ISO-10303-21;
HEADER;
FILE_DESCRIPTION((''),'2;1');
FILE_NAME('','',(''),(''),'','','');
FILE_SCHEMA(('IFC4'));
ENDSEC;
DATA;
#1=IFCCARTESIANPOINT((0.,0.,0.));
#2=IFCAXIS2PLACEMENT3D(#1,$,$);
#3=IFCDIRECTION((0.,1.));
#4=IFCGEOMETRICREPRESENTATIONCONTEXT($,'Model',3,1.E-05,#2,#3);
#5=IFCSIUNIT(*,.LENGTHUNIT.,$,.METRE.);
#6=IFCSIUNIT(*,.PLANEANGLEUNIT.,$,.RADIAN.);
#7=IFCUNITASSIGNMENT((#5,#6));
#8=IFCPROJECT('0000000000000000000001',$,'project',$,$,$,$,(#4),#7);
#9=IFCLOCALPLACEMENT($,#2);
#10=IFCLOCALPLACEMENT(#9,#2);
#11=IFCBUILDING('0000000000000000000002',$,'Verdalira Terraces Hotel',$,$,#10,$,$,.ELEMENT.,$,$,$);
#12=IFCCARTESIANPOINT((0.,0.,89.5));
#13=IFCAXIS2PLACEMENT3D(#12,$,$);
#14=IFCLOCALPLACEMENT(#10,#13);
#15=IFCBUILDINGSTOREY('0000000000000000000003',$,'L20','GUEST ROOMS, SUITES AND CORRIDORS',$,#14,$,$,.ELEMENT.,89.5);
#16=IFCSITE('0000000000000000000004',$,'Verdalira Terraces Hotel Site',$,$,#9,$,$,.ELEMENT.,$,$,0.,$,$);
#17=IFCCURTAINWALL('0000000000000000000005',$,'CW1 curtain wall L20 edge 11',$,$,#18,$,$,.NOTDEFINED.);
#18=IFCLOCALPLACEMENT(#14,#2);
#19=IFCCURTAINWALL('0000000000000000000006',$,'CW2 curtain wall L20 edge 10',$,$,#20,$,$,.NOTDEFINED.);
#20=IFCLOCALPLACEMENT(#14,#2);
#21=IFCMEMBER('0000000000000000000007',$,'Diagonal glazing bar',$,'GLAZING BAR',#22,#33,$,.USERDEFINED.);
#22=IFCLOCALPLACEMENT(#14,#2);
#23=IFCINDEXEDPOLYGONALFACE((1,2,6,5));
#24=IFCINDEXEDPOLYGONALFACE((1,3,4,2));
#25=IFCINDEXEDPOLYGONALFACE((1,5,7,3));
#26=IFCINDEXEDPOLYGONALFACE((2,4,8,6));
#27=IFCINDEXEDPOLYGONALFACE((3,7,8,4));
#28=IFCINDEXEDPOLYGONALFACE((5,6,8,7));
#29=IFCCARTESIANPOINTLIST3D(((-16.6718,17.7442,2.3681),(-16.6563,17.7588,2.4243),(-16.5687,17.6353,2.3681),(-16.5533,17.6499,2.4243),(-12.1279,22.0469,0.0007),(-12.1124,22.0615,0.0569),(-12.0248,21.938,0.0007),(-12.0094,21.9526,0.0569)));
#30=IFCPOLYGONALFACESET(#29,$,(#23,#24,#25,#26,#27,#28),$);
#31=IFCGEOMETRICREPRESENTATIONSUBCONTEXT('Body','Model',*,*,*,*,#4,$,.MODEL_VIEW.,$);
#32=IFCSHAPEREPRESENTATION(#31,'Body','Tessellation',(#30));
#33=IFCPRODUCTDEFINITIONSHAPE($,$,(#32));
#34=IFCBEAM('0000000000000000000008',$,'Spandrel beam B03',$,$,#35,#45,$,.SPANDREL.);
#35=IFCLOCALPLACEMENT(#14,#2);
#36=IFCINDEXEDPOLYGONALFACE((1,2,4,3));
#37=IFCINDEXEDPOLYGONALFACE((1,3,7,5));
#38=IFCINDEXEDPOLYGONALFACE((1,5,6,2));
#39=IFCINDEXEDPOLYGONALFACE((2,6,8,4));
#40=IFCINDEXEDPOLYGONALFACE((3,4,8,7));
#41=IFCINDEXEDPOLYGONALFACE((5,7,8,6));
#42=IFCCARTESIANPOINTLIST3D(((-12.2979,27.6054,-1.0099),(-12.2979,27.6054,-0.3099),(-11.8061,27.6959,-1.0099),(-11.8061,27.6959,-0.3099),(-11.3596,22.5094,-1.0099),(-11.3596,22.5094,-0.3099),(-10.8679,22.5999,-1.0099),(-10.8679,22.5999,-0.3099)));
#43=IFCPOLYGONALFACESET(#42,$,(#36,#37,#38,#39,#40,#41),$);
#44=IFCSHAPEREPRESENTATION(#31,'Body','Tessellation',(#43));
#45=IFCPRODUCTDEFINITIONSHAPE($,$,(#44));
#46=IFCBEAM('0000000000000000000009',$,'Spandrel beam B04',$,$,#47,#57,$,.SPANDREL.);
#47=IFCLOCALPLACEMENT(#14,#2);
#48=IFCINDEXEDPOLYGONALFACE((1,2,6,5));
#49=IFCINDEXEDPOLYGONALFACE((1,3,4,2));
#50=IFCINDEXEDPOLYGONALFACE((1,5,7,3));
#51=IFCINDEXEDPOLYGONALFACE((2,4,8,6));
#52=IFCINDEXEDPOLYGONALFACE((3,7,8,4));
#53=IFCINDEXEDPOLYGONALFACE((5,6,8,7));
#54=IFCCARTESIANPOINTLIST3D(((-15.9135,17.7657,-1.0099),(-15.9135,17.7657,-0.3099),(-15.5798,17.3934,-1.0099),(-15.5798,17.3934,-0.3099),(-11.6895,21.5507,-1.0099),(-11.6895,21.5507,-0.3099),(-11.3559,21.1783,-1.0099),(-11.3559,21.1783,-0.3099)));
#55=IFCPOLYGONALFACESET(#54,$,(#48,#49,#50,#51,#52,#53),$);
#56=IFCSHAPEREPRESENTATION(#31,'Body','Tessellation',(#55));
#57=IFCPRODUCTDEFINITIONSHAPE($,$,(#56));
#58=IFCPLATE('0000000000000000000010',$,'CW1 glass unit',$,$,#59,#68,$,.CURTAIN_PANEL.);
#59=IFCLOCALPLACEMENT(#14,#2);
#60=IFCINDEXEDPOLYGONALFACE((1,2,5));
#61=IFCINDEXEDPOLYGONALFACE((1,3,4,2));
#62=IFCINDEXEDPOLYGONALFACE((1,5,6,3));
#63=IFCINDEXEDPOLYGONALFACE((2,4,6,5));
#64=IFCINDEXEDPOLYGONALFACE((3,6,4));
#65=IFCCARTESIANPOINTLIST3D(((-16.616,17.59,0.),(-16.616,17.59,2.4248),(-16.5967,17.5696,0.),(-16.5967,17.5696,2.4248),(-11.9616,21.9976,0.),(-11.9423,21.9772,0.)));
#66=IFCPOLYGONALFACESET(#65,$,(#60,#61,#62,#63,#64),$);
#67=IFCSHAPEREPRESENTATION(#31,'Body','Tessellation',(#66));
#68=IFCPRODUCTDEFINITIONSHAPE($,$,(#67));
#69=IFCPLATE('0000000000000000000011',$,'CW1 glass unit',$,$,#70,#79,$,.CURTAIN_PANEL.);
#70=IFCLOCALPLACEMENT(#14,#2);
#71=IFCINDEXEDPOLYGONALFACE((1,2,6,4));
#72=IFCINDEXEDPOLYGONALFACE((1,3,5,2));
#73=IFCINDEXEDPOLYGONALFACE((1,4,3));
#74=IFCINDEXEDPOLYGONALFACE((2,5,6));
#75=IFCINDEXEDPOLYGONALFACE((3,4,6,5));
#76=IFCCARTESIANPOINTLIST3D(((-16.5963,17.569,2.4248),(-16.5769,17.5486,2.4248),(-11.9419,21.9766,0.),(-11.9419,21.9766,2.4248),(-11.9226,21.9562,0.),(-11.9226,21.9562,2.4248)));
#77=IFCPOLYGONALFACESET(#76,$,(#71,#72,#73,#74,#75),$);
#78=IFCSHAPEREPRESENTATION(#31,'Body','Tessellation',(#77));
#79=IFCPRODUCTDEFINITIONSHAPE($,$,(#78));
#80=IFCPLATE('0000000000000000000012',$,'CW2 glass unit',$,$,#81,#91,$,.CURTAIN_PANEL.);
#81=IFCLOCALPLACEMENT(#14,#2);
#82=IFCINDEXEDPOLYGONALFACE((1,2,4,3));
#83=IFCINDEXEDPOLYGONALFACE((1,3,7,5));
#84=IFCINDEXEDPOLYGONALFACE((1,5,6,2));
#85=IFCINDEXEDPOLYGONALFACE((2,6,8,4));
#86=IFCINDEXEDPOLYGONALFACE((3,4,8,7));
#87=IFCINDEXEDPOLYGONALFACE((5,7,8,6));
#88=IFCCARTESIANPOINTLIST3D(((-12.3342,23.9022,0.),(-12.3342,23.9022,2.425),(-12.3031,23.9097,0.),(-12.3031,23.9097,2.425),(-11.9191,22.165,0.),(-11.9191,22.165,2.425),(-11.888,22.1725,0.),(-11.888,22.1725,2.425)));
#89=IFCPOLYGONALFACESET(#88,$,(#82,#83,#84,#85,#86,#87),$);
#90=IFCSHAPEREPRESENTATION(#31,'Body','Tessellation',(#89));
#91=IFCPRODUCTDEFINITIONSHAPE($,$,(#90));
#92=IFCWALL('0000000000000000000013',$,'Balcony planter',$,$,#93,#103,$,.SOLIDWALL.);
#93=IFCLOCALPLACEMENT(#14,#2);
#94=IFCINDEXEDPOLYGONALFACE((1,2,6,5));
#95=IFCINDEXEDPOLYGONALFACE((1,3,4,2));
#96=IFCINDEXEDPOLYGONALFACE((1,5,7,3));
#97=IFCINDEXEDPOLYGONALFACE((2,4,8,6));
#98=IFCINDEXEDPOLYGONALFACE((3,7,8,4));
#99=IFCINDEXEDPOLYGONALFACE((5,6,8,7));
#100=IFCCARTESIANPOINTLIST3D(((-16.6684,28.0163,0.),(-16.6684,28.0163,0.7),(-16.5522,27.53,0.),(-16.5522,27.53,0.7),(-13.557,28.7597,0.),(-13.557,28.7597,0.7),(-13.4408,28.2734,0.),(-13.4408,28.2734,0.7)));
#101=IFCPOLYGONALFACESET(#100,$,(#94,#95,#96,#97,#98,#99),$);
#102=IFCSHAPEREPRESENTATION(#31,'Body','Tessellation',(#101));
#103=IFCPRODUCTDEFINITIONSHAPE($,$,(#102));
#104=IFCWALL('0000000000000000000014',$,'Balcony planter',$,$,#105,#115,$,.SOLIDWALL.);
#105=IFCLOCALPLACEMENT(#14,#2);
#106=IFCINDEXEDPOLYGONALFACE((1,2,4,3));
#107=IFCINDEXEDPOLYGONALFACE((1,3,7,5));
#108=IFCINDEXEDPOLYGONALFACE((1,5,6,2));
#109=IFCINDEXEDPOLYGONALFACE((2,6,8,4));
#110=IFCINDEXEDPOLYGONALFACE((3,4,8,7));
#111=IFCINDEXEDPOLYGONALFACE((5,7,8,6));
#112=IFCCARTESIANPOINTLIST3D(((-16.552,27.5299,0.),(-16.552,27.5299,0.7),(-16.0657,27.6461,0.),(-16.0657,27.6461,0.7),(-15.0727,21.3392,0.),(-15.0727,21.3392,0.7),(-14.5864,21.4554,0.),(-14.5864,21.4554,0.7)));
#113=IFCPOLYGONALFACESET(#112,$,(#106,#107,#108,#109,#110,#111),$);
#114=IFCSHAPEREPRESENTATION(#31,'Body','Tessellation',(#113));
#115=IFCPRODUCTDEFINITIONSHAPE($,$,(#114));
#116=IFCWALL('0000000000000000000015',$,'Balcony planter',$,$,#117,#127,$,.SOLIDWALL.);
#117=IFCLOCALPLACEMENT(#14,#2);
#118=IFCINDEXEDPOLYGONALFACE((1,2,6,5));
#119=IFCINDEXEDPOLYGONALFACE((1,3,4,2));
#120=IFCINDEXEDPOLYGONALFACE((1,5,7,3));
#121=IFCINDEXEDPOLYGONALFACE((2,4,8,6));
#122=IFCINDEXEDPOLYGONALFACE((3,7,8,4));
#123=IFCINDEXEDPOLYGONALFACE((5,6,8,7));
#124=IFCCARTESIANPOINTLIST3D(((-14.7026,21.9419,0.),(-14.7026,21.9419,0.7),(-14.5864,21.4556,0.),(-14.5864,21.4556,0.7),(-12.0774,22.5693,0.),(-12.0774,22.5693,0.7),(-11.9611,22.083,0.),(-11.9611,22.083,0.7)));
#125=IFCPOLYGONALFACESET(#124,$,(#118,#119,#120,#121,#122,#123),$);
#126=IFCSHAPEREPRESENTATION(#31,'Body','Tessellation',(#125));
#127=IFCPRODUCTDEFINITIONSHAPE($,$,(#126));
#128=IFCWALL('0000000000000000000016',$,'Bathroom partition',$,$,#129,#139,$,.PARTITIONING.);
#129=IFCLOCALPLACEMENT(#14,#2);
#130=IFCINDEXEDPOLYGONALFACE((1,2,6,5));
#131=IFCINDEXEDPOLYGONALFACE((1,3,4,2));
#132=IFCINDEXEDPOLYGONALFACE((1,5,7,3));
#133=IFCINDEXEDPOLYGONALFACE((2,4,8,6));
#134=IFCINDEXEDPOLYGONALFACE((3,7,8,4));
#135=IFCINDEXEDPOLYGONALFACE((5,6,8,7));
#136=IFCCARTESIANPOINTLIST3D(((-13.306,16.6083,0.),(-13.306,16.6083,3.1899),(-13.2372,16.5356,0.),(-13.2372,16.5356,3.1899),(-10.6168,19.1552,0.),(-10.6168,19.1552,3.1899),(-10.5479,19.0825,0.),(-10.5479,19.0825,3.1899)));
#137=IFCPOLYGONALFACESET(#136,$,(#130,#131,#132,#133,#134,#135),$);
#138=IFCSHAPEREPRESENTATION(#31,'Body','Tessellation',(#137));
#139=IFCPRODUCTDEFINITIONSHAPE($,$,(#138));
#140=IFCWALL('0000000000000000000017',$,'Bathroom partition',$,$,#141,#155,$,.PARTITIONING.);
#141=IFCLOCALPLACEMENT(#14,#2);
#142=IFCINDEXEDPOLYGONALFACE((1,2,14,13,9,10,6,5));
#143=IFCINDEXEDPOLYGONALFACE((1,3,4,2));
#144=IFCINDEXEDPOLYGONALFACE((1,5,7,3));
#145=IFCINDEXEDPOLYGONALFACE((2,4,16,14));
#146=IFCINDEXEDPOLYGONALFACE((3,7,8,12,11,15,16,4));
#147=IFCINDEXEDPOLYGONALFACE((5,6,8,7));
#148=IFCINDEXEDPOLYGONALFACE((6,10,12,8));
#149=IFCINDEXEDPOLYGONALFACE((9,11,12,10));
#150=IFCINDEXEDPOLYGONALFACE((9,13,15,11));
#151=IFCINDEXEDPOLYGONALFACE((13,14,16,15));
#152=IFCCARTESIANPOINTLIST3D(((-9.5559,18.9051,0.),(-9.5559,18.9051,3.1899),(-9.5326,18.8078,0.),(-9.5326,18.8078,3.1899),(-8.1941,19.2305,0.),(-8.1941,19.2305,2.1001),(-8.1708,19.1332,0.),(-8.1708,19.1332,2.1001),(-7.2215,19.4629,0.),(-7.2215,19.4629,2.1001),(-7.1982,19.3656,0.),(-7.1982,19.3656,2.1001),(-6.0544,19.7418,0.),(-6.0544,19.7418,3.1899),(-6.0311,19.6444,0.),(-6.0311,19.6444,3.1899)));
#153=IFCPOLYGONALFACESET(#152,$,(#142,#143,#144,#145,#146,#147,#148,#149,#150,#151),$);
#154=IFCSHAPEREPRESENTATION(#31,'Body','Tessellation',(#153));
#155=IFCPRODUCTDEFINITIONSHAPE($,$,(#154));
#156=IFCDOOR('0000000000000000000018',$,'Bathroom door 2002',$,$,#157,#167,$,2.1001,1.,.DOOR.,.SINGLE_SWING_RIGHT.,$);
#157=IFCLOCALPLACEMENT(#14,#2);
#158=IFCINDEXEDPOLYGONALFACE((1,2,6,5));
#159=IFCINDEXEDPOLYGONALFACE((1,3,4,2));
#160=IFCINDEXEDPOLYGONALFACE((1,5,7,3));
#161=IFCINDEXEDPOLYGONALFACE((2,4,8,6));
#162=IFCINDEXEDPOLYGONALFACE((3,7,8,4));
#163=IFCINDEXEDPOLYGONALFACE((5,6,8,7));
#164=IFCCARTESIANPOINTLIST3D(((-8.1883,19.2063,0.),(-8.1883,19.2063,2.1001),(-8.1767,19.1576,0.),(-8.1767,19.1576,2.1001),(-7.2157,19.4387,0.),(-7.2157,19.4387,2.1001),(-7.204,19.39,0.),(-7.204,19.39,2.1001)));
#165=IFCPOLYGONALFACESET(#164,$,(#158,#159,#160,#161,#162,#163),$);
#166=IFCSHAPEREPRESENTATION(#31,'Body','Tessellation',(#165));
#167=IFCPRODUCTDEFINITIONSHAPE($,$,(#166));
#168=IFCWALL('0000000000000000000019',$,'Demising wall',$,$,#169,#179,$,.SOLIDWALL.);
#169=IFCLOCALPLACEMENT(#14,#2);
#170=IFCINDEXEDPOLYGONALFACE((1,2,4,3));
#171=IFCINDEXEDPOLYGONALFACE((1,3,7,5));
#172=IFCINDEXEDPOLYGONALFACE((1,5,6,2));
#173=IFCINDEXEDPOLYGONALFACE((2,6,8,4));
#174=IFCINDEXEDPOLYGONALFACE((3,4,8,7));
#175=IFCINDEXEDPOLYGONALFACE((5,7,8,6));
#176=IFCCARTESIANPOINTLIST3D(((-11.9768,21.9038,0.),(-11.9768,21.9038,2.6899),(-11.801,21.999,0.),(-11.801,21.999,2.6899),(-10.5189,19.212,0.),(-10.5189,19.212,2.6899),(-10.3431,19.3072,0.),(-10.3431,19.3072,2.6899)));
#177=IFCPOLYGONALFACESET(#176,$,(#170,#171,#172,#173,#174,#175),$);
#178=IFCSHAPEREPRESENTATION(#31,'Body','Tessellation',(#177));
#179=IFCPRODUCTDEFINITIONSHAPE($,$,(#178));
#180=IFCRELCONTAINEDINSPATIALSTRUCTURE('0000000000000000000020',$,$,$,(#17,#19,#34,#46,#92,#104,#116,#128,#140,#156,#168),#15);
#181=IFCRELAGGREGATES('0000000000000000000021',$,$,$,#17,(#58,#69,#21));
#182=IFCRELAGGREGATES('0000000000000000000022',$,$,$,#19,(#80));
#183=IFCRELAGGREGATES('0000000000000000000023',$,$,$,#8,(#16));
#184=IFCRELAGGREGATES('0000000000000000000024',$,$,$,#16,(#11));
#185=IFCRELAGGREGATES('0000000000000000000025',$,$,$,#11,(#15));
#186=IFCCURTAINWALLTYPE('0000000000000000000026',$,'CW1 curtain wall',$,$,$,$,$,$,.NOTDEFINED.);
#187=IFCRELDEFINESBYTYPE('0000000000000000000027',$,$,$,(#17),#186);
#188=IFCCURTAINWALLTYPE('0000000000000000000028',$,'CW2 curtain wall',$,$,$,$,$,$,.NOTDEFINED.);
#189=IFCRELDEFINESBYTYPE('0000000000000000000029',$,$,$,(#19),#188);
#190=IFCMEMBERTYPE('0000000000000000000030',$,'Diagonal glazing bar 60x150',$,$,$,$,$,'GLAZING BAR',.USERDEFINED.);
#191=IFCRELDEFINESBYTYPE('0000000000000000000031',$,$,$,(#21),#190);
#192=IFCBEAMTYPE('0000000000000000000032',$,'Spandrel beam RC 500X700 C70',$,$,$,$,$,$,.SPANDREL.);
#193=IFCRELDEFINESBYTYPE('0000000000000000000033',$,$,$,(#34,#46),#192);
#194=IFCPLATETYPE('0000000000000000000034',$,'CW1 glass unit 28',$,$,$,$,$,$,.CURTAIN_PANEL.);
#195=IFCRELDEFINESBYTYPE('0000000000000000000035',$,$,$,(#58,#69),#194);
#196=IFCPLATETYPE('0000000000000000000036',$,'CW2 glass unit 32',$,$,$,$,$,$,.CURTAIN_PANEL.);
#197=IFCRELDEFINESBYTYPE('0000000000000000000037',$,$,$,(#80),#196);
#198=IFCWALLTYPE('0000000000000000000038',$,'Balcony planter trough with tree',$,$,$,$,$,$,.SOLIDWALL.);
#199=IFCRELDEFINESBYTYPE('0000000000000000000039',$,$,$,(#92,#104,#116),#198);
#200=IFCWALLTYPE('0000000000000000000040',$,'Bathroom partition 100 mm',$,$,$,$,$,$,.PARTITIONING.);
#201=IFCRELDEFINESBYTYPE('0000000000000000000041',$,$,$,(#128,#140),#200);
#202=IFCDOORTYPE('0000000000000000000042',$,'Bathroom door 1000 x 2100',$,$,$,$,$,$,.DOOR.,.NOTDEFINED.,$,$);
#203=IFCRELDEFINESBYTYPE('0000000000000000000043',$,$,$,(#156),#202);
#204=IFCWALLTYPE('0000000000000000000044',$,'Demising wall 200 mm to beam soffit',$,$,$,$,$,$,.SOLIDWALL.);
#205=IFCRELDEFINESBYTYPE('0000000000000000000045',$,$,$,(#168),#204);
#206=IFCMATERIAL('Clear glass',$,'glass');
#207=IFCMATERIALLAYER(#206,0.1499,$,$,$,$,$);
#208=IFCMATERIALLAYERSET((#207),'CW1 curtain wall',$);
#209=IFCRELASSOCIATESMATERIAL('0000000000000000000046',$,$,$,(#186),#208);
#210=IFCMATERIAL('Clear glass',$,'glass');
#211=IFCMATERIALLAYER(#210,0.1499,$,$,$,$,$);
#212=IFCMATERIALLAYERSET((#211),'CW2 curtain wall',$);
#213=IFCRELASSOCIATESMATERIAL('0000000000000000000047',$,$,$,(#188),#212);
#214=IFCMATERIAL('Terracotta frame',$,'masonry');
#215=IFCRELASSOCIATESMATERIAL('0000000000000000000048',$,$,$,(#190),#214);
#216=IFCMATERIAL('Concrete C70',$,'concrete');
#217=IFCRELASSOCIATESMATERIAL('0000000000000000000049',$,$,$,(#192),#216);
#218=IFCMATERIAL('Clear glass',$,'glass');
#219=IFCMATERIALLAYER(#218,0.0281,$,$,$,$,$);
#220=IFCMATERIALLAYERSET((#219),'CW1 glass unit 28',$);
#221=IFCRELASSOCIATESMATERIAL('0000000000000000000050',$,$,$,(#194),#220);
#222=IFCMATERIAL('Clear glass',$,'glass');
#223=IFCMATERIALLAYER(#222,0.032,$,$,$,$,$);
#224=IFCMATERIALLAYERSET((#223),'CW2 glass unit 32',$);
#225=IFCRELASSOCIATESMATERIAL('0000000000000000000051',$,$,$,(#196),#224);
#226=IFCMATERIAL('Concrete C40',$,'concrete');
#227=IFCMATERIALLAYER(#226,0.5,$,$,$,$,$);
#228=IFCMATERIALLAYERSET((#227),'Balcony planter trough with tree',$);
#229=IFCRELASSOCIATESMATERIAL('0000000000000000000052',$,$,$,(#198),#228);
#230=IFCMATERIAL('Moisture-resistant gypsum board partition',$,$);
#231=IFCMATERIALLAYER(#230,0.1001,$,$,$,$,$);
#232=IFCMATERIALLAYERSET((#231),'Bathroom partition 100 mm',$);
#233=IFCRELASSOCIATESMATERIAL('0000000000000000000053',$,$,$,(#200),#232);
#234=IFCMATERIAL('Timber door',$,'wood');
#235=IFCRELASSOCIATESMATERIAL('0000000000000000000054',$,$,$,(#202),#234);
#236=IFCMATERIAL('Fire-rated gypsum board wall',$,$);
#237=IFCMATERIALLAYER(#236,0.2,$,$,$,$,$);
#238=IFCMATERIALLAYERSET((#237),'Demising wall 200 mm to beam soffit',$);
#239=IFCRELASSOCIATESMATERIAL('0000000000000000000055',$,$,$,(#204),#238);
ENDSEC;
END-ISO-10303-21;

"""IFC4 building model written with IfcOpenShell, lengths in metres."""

from ifc_helpers import new_model, si_unit, direction, frame, frame_2d, origin, origin_2d, place, context, subcontext, project, spatial, polyline, rectangle, outline, extrude, material, layer, layer_set, material_profile, profile_set, type_object, element, fill, aggregate, save


model = new_model("IFC4")

# Units and contexts
model_context = context("Model", 3, precision=1e-05, world=origin(), true_north=direction((0.0, 1.0)))
body_context = subcontext(model_context, "Body", "Model", "MODEL_VIEW")
ifc_project = project(units=[si_unit("LENGTHUNIT", "METRE"), si_unit("PLANEANGLEUNIT", "RADIAN")], contexts=[model_context])

# Site, building, storey
site_placement = place(None, origin())
site = spatial("IfcSite", under=ifc_project, at=site_placement, Name="Verdalira Terraces Hotel Site", CompositionType="ELEMENT", RefElevation=0.0)
building_placement = place(site_placement, origin())
building = spatial("IfcBuilding", under=site, at=building_placement, Name="Verdalira Terraces Hotel", CompositionType="ELEMENT")
storey_placement = place(building_placement, frame((0.0, 0.0, 89.5)))
storey = spatial("IfcBuildingStorey", under=building, at=storey_placement, Name="L20", Description="GUEST ROOMS, SUITES AND CORRIDORS", CompositionType="ELEMENT", Elevation=89.5)

# Curtain walls
ifc_material_1 = material(Name="Clear glass", Category="glass")
ifc_layer_1 = layer(ifc_material_1, 0.1499)
ifc_layer_set_1 = layer_set([ifc_layer_1], Name="CW1 curtain wall")
curtain_wall_type_1 = type_object("IfcCurtainWallType", Name="CW1 curtain wall", PredefinedType="NOTDEFINED", material=ifc_layer_set_1)
curtain_wall_1_placement = place(storey_placement, origin())
curtain_wall_1 = element("IfcCurtainWall", 1, at=curtain_wall_1_placement, inside=storey, type_object=curtain_wall_type_1, Name="CW1 curtain wall L20 edge 11", PredefinedType="NOTDEFINED")
ifc_material_2 = material(Name="Clear glass", Category="glass")
ifc_layer_2 = layer(ifc_material_2, 0.1499)
ifc_layer_set_2 = layer_set([ifc_layer_2], Name="CW2 curtain wall")
curtain_wall_type_2 = type_object("IfcCurtainWallType", Name="CW2 curtain wall", PredefinedType="NOTDEFINED", material=ifc_layer_set_2)
curtain_wall_2_placement = place(storey_placement, origin())
curtain_wall_2 = element("IfcCurtainWall", 2, at=curtain_wall_2_placement, inside=storey, type_object=curtain_wall_type_2, Name="CW2 curtain wall L20 edge 10", PredefinedType="NOTDEFINED")

# Member
ifc_material_3 = material(Name="Terracotta frame", Category="masonry")
ifc_material_profile_1 = material_profile(ifc_material_3, rectangle(XDim=0.1499, YDim=0.0601, at=origin_2d()), Name="GB 60x150")
ifc_profile_set_1 = profile_set([ifc_material_profile_1], Name="Terracotta frame")
member_type_1 = type_object("IfcMemberType", Name="Diagonal glazing bar 60x150", ElementType="GLAZING BAR", PredefinedType="USERDEFINED", material=ifc_profile_set_1)
member_1_placement = place(storey_placement, frame((-12.0686, 21.9998, 0.0288), z_axis=(-0.679142, -0.64309, 0.353838), x_axis=(0.687571, -0.726117, 0.0)))
member_1 = element("IfcMember", 3, at=member_1_placement, type_object=member_type_1, Name="Diagonal glazing bar", ObjectType="GLAZING BAR", PredefinedType="USERDEFINED", context=body_context, shape_type="SweptSolid", body=[
    extrude(rectangle(XDim=0.1499, YDim=0.0601, at=origin_2d()), origin(), (0.0, 0.0, 1.0), 6.6907),
])

# Beams
ifc_material_4 = material(Name="Concrete C70", Category="concrete")
ifc_material_profile_2 = material_profile(ifc_material_4, rectangle(XDim=0.5, YDim=0.7, at=origin_2d()), Name="RC 500X700")
ifc_profile_set_2 = profile_set([ifc_material_profile_2], Name="Concrete C70")
beam_type_1 = type_object("IfcBeamType", Name="Spandrel beam RC 500X700 C70", PredefinedType="SPANDREL", material=ifc_profile_set_2)
beam_1_placement = place(storey_placement, frame((-12.052, 27.6506, -0.6599), z_axis=(0.18107, -0.98347, 0.0), x_axis=(0.98347, 0.18107, 0.0)))
element("IfcBeam", 4, at=beam_1_placement, inside=storey, type_object=beam_type_1, Name="Spandrel beam B03", PredefinedType="SPANDREL", context=body_context, shape_type="SweptSolid", body=[
    extrude(rectangle(XDim=0.5, YDim=0.7, at=origin_2d()), origin(), (0.0, 0.0, 1.0), 5.1816),
])
beam_2_placement = place(storey_placement, frame((-11.5227, 21.3645, -0.6599), z_axis=(-0.744746, -0.667348, 0.0), x_axis=(0.667348, -0.744746, 0.0)))
element("IfcBeam", 5, at=beam_2_placement, inside=storey, type_object=beam_type_1, Name="Spandrel beam B04", PredefinedType="SPANDREL", context=body_context, shape_type="SweptSolid", body=[
    extrude(rectangle(XDim=0.5, YDim=0.7, at=origin_2d()), origin(), (0.0, 0.0, 1.0), 5.6716),
])

# Plates
ifc_material_5 = material(Name="Clear glass", Category="glass")
ifc_layer_3 = layer(ifc_material_5, 0.0281)
ifc_layer_set_3 = layer_set([ifc_layer_3], Name="CW1 glass unit 28")
plate_type_1 = type_object("IfcPlateType", Name="CW1 glass unit 28", PredefinedType="CURTAIN_PANEL", material=ifc_layer_set_3)
plate_1_placement = place(storey_placement, frame((-14.2695, 19.7734, 1.2124), z_axis=(-0.687595, 0.726095, 0.0), x_axis=(-0.726095, -0.687595, 0.0)))
plate_1 = element("IfcPlate", 6, at=plate_1_placement, type_object=plate_type_1, Name="CW1 glass unit", PredefinedType="CURTAIN_PANEL", context=body_context, shape_type="SweptSolid", body=[
    extrude(outline(polyline([(-3.2051, -1.2124), (3.2051, -1.2124), (3.2051, 1.2124), (-3.2051, -1.2124)])), origin(), (0.0, 0.0, 1.0), 0.0281),
])
plate_2_placement = place(storey_placement, frame((-14.2498, 19.7524, 1.2124), z_axis=(-0.687595, 0.726095, 0.0), x_axis=(-0.726095, -0.687595, 0.0)))
plate_2 = element("IfcPlate", 7, at=plate_2_placement, type_object=plate_type_1, Name="CW1 glass unit", PredefinedType="CURTAIN_PANEL", context=body_context, shape_type="SweptSolid", body=[
    extrude(outline(polyline([(-3.2051, -1.2124), (3.2051, 1.2124), (-3.2051, 1.2124), (-3.2051, -1.2124)])), origin(), (0.0, 0.0, 1.0), 0.0281),
])
aggregate(curtain_wall_1, [plate_1, plate_2, member_1])
ifc_material_6 = material(Name="Clear glass", Category="glass")
ifc_layer_4 = layer(ifc_material_6, 0.032)
ifc_layer_set_4 = layer_set([ifc_layer_4], Name="CW2 glass unit 32")
plate_type_2 = type_object("IfcPlateType", Name="CW2 glass unit 32", PredefinedType="CURTAIN_PANEL", material=ifc_layer_set_4)
plate_3_placement = place(storey_placement, frame((-12.1111, 23.0374, 0.0), z_axis=(0.0, 0.0, 1.0), x_axis=(0.232427, -0.972614, 0.0)))
plate_3 = element("IfcPlate", 8, at=plate_3_placement, type_object=plate_type_2, Name="CW2 glass unit", PredefinedType="CURTAIN_PANEL", context=body_context, shape_type="SweptSolid", body=[
    extrude(rectangle(XDim=1.7861, YDim=0.032, at=origin_2d()), origin(), (0.0, 0.0, 1.0), 2.425),
])
aggregate(curtain_wall_2, [plate_3])

# Walls
ifc_material_7 = material(Name="Concrete C40", Category="concrete")
ifc_layer_5 = layer(ifc_material_7, 0.5)
ifc_layer_set_5 = layer_set([ifc_layer_5], Name="Balcony planter trough with tree")
wall_type_1 = type_object("IfcWallType", Name="Balcony planter trough with tree", PredefinedType="SOLIDWALL", material=ifc_layer_set_5)
wall_1_placement = place(storey_placement, frame((-13.4988, 28.5166, 0.0), z_axis=(0.0, 0.0, 1.0), x_axis=(-0.972622, -0.232394, 0.0)))
element("IfcWall", 9, at=wall_1_placement, inside=storey, type_object=wall_type_1, Name="Balcony planter", PredefinedType="SOLIDWALL", context=body_context, shape_type="SweptSolid", body=[
    extrude(rectangle(XDim=3.199, YDim=0.5, at=frame_2d((1.5996, 0.0))), origin(), (0.0, 0.0, 1.0), 0.7),
])
wall_2_placement = place(storey_placement, frame((-16.3088, 27.5881, 0.0), z_axis=(0.0, 0.0, 1.0), x_axis=(0.232405, -0.972619, 0.0)))
element("IfcWall", 10, at=wall_2_placement, inside=storey, type_object=wall_type_1, Name="Balcony planter", PredefinedType="SOLIDWALL", context=body_context, shape_type="SweptSolid", body=[
    extrude(rectangle(XDim=6.365, YDim=0.5, at=frame_2d((3.1826, 0.0))), origin(), (0.0, 0.0, 1.0), 0.7),
])
wall_3_placement = place(storey_placement, frame((-14.6445, 21.6987, 0.0), z_axis=(0.0, 0.0, 1.0), x_axis=(0.972607, 0.232456, 0.0)))
element("IfcWall", 11, at=wall_3_placement, inside=storey, type_object=wall_type_1, Name="Balcony planter", PredefinedType="SOLIDWALL", context=body_context, shape_type="SweptSolid", body=[
    extrude(rectangle(XDim=2.6992, YDim=0.5, at=frame_2d((1.3496, 0.0))), origin(), (0.0, 0.0, 1.0), 0.7),
])
ifc_material_8 = material(Name="Moisture-resistant gypsum board partition")
ifc_layer_6 = layer(ifc_material_8, 0.1001)
ifc_layer_set_6 = layer_set([ifc_layer_6], Name="Bathroom partition 100 mm")
wall_type_2 = type_object("IfcWallType", Name="Bathroom partition 100 mm", PredefinedType="PARTITIONING", material=ifc_layer_set_6)
wall_4_placement = place(storey_placement, frame((-10.5823, 19.1189, 0.0), z_axis=(0.0, 0.0, 1.0), x_axis=(-0.72606, -0.687631, 0.0)))
element("IfcWall", 12, at=wall_4_placement, inside=storey, type_object=wall_type_2, Name="Bathroom partition", PredefinedType="PARTITIONING", context=body_context, shape_type="SweptSolid", body=[
    extrude(rectangle(XDim=3.7039, YDim=0.1001, at=frame_2d((1.8521, 0.0))), origin(), (0.0, 0.0, 1.0), 3.1899),
])

# Wall, opening, door
wall_5_placement = place(storey_placement, frame((-6.0427, 19.6931, 0.0), z_axis=(0.0, 0.0, 1.0), x_axis=(-0.972619, -0.232406, 0.0)))
wall_5 = element("IfcWall", 13, at=wall_5_placement, inside=storey, type_object=wall_type_2, Name="Bathroom partition", PredefinedType="PARTITIONING", context=body_context, shape_type="SweptSolid", body=[
    extrude(rectangle(XDim=3.6001, YDim=0.1001, at=frame_2d((1.8, 0.0))), origin(), (0.0, 0.0, 1.0), 3.1899),
])
opening_1_placement = place(wall_5_placement, frame((1.2, 0.0, 0.0)))
opening_1 = element("IfcOpeningElement", 14, at=opening_1_placement, cuts=wall_5, PredefinedType="OPENING", context=body_context, shape_type="SweptSolid", body=[
    extrude(rectangle(XDim=1.0, YDim=2.1001, at=frame_2d((0.5, 1.05))), frame((0.0, 0.0601, 0.0), z_axis=(0.0, -1.0, 0.0), x_axis=(1.0, 0.0, 0.0)), (0.0, 0.0, 1.0), 0.1201),
])
ifc_material_9 = material(Name="Timber door", Category="wood")
door_type_1 = type_object("IfcDoorType", Name="Bathroom door 1000 x 2100", OperationType="NOTDEFINED", PredefinedType="DOOR", material=ifc_material_9)
door_1_placement = place(opening_1_placement, origin())
door_1 = element("IfcDoor", 15, at=door_1_placement, inside=storey, type_object=door_type_1, Name="Bathroom door 2002", OperationType="SINGLE_SWING_RIGHT", OverallHeight=2.1001, OverallWidth=1.0, PredefinedType="DOOR", context=body_context, shape_type="SweptSolid", body=[
    extrude(rectangle(XDim=1.0, YDim=2.1001, at=frame_2d((0.5, 1.05))), frame((0.0, 0.0249, 0.0), z_axis=(0.0, -1.0, 0.0), x_axis=(1.0, 0.0, 0.0)), (0.0, 0.0, 1.0), 0.05),
])
fill(opening_1, door_1)

# Wall
ifc_material_10 = material(Name="Fire-rated gypsum board wall")
ifc_layer_7 = layer(ifc_material_10, 0.2)
ifc_layer_set_7 = layer_set([ifc_layer_7], Name="Demising wall 200 mm to beam soffit")
wall_type_3 = type_object("IfcWallType", Name="Demising wall 200 mm to beam soffit", PredefinedType="SOLIDWALL", material=ifc_layer_set_7)
wall_6_placement = place(storey_placement, frame((-10.4309, 19.2595, 0.0), z_axis=(0.0, 0.0, 1.0), x_axis=(-0.476257, 0.879306, 0.0)))
element("IfcWall", 16, at=wall_6_placement, inside=storey, type_object=wall_type_3, Name="Demising wall", PredefinedType="SOLIDWALL", context=body_context, shape_type="SweptSolid", body=[
    extrude(rectangle(XDim=3.0613, YDim=0.2, at=frame_2d((1.5308, 0.0))), origin(), (0.0, 0.0, 1.0), 2.6899),
])

save(model, "model.ifc")
